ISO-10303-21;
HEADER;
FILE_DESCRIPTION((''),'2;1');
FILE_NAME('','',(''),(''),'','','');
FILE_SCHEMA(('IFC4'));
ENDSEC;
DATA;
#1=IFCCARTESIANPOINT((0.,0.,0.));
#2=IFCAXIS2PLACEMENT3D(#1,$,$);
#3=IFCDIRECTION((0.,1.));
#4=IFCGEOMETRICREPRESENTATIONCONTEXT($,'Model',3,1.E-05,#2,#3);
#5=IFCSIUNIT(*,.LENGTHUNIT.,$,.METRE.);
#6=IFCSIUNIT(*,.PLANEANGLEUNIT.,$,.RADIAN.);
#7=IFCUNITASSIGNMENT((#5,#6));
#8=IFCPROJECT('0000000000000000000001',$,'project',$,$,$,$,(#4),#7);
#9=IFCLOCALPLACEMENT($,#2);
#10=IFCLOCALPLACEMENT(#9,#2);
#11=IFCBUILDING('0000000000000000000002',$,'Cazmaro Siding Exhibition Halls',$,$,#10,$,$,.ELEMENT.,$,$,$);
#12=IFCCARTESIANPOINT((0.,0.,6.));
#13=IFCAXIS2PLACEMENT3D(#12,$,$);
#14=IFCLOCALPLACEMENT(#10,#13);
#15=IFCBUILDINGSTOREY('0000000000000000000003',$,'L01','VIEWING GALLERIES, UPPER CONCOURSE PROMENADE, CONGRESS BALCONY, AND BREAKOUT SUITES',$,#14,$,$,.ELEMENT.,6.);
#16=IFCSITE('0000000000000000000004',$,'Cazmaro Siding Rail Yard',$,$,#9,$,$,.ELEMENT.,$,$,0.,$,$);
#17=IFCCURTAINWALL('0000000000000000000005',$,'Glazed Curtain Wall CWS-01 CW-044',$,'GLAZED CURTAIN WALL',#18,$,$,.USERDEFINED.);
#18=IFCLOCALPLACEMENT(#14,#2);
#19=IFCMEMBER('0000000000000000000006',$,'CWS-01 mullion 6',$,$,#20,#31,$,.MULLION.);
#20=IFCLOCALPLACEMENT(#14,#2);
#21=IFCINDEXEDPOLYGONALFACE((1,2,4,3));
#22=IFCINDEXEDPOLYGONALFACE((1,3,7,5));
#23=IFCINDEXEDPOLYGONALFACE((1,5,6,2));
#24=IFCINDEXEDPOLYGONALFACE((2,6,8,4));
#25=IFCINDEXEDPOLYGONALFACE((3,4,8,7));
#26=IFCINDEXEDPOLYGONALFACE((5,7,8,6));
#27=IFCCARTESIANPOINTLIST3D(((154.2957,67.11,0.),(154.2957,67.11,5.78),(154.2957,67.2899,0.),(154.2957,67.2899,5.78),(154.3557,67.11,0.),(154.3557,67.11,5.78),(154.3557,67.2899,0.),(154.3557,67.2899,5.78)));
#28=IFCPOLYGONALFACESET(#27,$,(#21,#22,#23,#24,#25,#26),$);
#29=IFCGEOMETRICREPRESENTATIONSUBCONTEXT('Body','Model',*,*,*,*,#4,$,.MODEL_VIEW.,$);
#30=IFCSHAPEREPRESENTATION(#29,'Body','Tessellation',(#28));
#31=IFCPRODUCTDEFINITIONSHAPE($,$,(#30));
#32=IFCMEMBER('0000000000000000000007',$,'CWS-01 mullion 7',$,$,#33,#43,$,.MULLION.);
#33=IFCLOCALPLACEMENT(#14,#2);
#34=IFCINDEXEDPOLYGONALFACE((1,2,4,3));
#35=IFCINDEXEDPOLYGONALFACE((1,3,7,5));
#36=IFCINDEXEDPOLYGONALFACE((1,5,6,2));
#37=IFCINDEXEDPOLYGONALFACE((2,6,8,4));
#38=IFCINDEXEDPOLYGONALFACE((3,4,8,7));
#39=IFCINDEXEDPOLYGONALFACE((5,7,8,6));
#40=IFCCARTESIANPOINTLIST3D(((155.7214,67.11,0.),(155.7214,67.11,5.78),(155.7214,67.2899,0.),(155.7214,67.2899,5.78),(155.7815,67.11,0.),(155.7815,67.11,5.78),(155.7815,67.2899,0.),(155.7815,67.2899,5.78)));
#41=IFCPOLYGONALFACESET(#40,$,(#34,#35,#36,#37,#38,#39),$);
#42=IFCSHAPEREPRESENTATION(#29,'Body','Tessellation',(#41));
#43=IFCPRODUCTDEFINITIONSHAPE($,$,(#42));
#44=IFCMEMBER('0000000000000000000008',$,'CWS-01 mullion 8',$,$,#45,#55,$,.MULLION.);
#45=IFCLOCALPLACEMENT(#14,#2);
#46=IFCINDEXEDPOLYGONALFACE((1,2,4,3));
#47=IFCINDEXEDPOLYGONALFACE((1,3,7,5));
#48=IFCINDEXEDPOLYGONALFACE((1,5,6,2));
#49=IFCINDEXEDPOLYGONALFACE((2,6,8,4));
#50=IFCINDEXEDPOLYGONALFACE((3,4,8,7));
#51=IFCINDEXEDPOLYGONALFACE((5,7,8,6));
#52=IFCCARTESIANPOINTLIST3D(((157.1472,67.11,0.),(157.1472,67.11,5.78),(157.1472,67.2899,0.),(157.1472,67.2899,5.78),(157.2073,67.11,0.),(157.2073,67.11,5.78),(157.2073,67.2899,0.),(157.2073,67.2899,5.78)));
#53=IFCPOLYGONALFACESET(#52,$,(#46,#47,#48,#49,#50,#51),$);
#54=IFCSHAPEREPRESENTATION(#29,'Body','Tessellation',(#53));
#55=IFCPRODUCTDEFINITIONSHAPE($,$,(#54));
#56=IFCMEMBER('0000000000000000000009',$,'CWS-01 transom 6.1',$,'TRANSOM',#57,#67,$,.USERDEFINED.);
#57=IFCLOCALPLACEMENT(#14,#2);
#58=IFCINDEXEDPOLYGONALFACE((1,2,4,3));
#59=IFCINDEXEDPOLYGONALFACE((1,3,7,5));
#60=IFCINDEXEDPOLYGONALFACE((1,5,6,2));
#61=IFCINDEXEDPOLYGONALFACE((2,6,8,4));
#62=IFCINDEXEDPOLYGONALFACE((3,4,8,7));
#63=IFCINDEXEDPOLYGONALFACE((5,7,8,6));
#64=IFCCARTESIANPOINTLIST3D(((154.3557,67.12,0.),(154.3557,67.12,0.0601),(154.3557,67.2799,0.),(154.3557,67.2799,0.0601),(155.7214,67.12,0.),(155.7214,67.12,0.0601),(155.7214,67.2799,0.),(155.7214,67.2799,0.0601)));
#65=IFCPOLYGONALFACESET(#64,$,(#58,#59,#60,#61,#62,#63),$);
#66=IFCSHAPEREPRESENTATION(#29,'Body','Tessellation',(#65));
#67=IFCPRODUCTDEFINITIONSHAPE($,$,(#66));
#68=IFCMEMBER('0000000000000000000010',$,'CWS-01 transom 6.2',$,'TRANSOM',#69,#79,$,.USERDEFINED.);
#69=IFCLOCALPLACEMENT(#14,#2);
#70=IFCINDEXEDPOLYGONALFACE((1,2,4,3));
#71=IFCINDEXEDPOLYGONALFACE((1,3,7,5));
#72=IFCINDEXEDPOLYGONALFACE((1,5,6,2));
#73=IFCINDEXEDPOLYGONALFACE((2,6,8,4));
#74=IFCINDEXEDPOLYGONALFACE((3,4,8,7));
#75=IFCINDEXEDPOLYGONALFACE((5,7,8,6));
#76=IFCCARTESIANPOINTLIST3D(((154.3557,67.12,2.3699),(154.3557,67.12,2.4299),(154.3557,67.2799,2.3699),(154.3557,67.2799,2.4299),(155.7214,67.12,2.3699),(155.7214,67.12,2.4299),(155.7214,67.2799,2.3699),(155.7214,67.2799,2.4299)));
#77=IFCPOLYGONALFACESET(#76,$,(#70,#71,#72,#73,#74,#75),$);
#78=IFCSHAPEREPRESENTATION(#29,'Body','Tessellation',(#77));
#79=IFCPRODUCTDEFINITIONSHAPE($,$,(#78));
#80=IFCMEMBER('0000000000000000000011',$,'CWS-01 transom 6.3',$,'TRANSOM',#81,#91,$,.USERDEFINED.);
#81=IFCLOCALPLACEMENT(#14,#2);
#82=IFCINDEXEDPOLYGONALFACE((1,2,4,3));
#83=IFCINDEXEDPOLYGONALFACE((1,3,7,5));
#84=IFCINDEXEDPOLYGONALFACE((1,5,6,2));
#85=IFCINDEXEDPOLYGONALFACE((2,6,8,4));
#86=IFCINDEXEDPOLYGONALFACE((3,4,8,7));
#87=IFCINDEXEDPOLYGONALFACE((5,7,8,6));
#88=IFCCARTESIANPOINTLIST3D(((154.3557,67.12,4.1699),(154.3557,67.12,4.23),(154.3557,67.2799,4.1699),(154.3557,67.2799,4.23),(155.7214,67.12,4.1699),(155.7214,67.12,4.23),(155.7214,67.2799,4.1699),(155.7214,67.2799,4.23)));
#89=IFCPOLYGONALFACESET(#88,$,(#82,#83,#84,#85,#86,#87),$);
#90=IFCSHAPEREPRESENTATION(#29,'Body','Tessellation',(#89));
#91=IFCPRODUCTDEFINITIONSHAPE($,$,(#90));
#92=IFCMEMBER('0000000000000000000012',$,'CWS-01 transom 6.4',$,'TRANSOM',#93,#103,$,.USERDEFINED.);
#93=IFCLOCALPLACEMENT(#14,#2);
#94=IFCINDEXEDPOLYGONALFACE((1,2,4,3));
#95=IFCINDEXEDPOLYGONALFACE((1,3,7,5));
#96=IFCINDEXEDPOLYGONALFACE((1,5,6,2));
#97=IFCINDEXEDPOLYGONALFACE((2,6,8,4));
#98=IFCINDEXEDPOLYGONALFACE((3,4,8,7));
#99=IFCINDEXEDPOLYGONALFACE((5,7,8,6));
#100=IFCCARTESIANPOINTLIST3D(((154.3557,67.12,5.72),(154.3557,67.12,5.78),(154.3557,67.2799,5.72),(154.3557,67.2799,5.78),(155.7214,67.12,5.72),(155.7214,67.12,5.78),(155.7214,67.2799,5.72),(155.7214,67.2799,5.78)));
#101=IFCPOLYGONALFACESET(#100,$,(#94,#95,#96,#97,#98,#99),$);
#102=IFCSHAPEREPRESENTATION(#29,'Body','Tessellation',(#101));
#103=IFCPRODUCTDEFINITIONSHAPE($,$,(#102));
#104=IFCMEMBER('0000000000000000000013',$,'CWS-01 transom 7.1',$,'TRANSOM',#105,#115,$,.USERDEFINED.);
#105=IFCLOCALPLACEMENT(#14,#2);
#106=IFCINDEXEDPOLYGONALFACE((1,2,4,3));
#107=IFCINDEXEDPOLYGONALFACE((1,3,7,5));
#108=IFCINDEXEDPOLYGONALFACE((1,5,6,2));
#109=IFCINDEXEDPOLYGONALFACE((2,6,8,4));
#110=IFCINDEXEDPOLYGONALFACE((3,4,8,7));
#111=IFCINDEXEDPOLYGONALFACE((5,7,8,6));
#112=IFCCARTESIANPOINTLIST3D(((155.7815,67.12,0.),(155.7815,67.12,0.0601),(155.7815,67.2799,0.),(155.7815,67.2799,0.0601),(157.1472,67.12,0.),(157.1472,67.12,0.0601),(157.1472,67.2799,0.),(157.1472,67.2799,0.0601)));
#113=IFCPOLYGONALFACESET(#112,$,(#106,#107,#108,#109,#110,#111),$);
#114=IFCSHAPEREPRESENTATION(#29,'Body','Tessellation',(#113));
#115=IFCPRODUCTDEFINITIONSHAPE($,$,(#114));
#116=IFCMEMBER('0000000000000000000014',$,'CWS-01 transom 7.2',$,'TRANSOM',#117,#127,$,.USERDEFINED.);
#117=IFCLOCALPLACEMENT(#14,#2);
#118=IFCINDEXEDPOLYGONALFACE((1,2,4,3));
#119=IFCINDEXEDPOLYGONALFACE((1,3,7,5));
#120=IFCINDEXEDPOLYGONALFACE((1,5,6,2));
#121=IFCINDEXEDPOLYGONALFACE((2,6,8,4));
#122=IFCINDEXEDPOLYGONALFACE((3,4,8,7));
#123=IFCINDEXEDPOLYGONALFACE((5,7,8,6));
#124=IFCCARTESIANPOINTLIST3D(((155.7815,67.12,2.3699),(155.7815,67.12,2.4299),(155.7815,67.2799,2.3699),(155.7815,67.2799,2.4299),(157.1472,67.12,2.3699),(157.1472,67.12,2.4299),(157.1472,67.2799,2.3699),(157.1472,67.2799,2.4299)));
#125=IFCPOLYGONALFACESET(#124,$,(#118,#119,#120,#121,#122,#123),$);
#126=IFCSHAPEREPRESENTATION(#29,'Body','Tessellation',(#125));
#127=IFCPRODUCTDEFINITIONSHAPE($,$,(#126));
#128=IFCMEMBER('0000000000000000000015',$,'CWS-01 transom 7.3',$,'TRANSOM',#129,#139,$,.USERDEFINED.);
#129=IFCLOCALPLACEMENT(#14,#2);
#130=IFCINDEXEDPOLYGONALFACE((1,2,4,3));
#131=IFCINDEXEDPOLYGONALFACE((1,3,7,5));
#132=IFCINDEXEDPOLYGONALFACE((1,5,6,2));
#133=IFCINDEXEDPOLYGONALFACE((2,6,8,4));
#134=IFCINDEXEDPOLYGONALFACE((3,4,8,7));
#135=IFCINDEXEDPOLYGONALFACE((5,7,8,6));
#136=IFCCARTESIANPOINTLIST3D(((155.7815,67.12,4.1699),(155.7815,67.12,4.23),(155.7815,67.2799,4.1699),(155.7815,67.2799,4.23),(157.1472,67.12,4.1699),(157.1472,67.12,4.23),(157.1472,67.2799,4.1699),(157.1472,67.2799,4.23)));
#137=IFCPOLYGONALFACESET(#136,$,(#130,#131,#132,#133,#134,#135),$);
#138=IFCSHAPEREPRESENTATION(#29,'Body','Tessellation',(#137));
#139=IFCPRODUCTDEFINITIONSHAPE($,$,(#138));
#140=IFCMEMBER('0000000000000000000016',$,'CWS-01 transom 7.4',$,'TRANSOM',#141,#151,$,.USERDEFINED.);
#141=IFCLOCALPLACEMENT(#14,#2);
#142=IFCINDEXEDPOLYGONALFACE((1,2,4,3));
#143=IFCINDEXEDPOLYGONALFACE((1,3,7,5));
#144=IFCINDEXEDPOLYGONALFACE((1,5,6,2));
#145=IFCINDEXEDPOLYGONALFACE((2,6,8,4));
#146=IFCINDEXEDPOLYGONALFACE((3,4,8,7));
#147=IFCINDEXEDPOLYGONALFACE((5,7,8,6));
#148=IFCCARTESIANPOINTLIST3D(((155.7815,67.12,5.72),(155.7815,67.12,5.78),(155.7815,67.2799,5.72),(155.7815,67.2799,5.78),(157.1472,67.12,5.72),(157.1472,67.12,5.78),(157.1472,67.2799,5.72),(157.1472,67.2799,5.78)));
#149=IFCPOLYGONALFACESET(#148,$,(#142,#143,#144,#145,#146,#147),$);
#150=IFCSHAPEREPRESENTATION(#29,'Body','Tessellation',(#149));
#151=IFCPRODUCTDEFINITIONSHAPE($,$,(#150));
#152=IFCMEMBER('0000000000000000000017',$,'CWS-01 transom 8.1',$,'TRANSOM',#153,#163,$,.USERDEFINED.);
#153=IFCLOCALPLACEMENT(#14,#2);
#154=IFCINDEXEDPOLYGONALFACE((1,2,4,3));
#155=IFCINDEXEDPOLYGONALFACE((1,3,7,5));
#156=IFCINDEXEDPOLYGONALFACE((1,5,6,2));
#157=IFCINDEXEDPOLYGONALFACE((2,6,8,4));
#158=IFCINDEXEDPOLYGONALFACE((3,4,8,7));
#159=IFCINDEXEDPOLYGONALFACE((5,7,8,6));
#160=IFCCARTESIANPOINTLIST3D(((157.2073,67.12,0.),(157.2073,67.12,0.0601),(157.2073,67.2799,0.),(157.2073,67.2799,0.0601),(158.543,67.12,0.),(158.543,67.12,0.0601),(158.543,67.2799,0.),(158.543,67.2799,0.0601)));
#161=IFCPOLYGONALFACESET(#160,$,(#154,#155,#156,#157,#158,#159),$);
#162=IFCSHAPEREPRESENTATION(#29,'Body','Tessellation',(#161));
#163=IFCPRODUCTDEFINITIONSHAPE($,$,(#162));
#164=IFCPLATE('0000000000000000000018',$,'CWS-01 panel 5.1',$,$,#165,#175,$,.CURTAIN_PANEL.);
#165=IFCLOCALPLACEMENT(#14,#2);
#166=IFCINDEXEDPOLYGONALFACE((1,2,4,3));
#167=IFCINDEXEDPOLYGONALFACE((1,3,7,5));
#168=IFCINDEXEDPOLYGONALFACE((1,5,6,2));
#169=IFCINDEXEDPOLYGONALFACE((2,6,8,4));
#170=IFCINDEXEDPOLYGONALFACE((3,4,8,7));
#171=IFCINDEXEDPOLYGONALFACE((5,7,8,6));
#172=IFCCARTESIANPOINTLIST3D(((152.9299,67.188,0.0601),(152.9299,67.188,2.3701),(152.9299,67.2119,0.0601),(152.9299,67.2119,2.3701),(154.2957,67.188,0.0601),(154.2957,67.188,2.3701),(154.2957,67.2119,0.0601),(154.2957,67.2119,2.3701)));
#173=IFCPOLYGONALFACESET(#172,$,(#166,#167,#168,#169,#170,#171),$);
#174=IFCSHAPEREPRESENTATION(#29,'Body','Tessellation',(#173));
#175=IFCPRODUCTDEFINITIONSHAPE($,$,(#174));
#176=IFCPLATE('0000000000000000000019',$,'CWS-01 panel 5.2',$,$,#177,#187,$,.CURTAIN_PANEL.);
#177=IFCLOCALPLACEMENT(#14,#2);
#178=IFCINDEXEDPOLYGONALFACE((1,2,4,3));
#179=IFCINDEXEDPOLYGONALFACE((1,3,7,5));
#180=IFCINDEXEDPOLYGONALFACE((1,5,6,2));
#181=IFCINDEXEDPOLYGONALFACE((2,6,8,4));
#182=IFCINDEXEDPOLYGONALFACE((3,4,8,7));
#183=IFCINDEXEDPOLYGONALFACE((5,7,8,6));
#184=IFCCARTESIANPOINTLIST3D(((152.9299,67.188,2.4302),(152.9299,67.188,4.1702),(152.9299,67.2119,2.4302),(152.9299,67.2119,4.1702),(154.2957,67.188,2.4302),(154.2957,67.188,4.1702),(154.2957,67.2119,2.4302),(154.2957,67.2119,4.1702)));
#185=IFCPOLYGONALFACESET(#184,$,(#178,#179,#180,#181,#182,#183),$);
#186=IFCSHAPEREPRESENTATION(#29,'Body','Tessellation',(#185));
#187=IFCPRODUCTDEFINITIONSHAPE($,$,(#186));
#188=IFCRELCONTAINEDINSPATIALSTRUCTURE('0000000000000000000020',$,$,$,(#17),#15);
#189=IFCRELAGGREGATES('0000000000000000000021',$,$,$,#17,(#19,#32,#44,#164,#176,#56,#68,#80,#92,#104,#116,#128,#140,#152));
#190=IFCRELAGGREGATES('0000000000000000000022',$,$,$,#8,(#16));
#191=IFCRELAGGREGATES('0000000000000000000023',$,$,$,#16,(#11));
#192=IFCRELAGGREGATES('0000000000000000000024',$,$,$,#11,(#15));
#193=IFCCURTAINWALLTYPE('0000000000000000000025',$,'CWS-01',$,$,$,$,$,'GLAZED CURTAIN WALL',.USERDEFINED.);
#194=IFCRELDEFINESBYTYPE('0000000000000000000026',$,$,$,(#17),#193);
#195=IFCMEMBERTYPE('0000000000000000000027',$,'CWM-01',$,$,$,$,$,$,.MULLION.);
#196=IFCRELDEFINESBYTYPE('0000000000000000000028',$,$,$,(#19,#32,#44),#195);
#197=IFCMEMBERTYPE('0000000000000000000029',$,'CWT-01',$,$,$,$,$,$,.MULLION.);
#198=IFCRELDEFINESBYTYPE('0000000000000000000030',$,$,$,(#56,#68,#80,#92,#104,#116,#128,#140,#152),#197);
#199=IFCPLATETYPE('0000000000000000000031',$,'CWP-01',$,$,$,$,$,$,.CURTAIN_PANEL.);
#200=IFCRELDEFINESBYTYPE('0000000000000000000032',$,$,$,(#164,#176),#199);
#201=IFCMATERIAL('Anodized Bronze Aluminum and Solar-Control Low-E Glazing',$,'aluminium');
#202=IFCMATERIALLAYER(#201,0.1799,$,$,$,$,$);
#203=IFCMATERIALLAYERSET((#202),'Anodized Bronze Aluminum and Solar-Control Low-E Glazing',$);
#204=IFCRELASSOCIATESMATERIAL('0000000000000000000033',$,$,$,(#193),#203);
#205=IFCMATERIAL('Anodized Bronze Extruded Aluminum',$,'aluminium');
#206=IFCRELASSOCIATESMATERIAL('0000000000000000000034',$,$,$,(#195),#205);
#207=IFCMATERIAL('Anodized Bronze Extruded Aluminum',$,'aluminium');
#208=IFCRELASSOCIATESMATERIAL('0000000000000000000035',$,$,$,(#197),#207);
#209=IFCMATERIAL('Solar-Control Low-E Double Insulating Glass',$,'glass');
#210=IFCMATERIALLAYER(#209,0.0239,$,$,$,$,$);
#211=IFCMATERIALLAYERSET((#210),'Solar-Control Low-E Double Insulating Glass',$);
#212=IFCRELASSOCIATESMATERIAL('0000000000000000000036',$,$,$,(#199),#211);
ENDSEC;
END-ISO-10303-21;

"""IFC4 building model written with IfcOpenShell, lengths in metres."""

from ifc_helpers import new_model, si_unit, direction, frame, origin, origin_2d, place, context, subcontext, project, spatial, rectangle, extrude, material, layer, layer_set, material_profile, profile_set, type_object, element, aggregate, save


model = new_model("IFC4")

# Units and contexts
model_context = context("Model", 3, precision=1e-05, world=origin(), true_north=direction((0.0, 1.0)))
body_context = subcontext(model_context, "Body", "Model", "MODEL_VIEW")
ifc_project = project(units=[si_unit("LENGTHUNIT", "METRE"), si_unit("PLANEANGLEUNIT", "RADIAN")], contexts=[model_context])

# Site, building, storey
site_placement = place(None, origin())
site = spatial("IfcSite", under=ifc_project, at=site_placement, Name="Cazmaro Siding Rail Yard", CompositionType="ELEMENT", RefElevation=0.0)
building_placement = place(site_placement, origin())
building = spatial("IfcBuilding", under=site, at=building_placement, Name="Cazmaro Siding Exhibition Halls", CompositionType="ELEMENT")
storey_placement = place(building_placement, frame((0.0, 0.0, 6.0)))
storey = spatial("IfcBuildingStorey", under=building, at=storey_placement, Name="L01", Description="VIEWING GALLERIES, UPPER CONCOURSE PROMENADE, CONGRESS BALCONY, AND BREAKOUT SUITES", CompositionType="ELEMENT", Elevation=6.0)

# Curtain wall, members, plates
ifc_material_1 = material(Name="Anodized Bronze Aluminum and Solar-Control Low-E Glazing", Category="aluminium")
ifc_layer_1 = layer(ifc_material_1, 0.1799)
ifc_layer_set_1 = layer_set([ifc_layer_1], Name="Anodized Bronze Aluminum and Solar-Control Low-E Glazing")
curtain_wall_type = type_object("IfcCurtainWallType", Name="CWS-01", ElementType="GLAZED CURTAIN WALL", PredefinedType="USERDEFINED", material=ifc_layer_set_1)
curtain_wall_placement = place(storey_placement, origin())
curtain_wall = element("IfcCurtainWall", 1, at=curtain_wall_placement, inside=storey, type_object=curtain_wall_type, Name="Glazed Curtain Wall CWS-01 CW-044", ObjectType="GLAZED CURTAIN WALL", PredefinedType="USERDEFINED")
ifc_material_2 = material(Name="Anodized Bronze Extruded Aluminum", Category="aluminium")
ifc_material_profile_1 = material_profile(ifc_material_2, rectangle(XDim=0.1799, YDim=0.0601, at=origin_2d()), Name="CWM-01")
ifc_profile_set_1 = profile_set([ifc_material_profile_1], Name="Anodized Bronze Extruded Aluminum")
member_type_1 = type_object("IfcMemberType", Name="CWM-01", PredefinedType="MULLION", material=ifc_profile_set_1)
member_1_placement = place(storey_placement, frame((154.3257, 67.2, 0.0), z_axis=(0.0, 0.0, 1.0), x_axis=(0.0, 1.0, 0.0)))
member_1 = element("IfcMember", 2, at=member_1_placement, type_object=member_type_1, Name="CWS-01 mullion 6", PredefinedType="MULLION", context=body_context, shape_type="SweptSolid", body=[
    extrude(rectangle(XDim=0.1799, YDim=0.0601, at=origin_2d()), origin(), (0.0, 0.0, 1.0), 5.78),
])
member_2_placement = place(storey_placement, frame((155.7515, 67.2, 0.0), z_axis=(0.0, 0.0, 1.0), x_axis=(0.0, 1.0, 0.0)))
member_2 = element("IfcMember", 3, at=member_2_placement, type_object=member_type_1, Name="CWS-01 mullion 7", PredefinedType="MULLION", context=body_context, shape_type="SweptSolid", body=[
    extrude(rectangle(XDim=0.1799, YDim=0.0601, at=origin_2d()), origin(), (0.0, 0.0, 1.0), 5.78),
])
member_3_placement = place(storey_placement, frame((157.1772, 67.2, 0.0), z_axis=(0.0, 0.0, 1.0), x_axis=(0.0, 1.0, 0.0)))
member_3 = element("IfcMember", 4, at=member_3_placement, type_object=member_type_1, Name="CWS-01 mullion 8", PredefinedType="MULLION", context=body_context, shape_type="SweptSolid", body=[
    extrude(rectangle(XDim=0.1799, YDim=0.0601, at=origin_2d()), origin(), (0.0, 0.0, 1.0), 5.78),
])
ifc_material_3 = material(Name="Anodized Bronze Extruded Aluminum", Category="aluminium")
ifc_material_profile_2 = material_profile(ifc_material_3, rectangle(XDim=0.1599, YDim=0.0601, at=origin_2d()), Name="CWT-01")
ifc_profile_set_2 = profile_set([ifc_material_profile_2], Name="Anodized Bronze Extruded Aluminum")
member_type_2 = type_object("IfcMemberType", Name="CWT-01", PredefinedType="MULLION", material=ifc_profile_set_2)
member_4_placement = place(storey_placement, frame((154.3557, 67.2, 0.03), z_axis=(1.0, 0.0, 0.0), x_axis=(0.0, 1.0, 0.0)))
member_4 = element("IfcMember", 5, at=member_4_placement, type_object=member_type_2, Name="CWS-01 transom 6.1", ObjectType="TRANSOM", PredefinedType="USERDEFINED", context=body_context, shape_type="SweptSolid", body=[
    extrude(rectangle(XDim=0.1599, YDim=0.0601, at=origin_2d()), origin(), (0.0, 0.0, 1.0), 1.3657),
])
member_5_placement = place(storey_placement, frame((154.3557, 67.2, 2.3999), z_axis=(1.0, 0.0, 0.0), x_axis=(0.0, 1.0, 0.0)))
member_5 = element("IfcMember", 6, at=member_5_placement, type_object=member_type_2, Name="CWS-01 transom 6.2", ObjectType="TRANSOM", PredefinedType="USERDEFINED", context=body_context, shape_type="SweptSolid", body=[
    extrude(rectangle(XDim=0.1599, YDim=0.0601, at=origin_2d()), origin(), (0.0, 0.0, 1.0), 1.3657),
])
member_6_placement = place(storey_placement, frame((154.3557, 67.2, 4.2), z_axis=(1.0, 0.0, 0.0), x_axis=(0.0, 1.0, 0.0)))
member_6 = element("IfcMember", 7, at=member_6_placement, type_object=member_type_2, Name="CWS-01 transom 6.3", ObjectType="TRANSOM", PredefinedType="USERDEFINED", context=body_context, shape_type="SweptSolid", body=[
    extrude(rectangle(XDim=0.1599, YDim=0.0601, at=origin_2d()), origin(), (0.0, 0.0, 1.0), 1.3657),
])
member_7_placement = place(storey_placement, frame((154.3557, 67.2, 5.75), z_axis=(1.0, 0.0, 0.0), x_axis=(0.0, 1.0, 0.0)))
member_7 = element("IfcMember", 8, at=member_7_placement, type_object=member_type_2, Name="CWS-01 transom 6.4", ObjectType="TRANSOM", PredefinedType="USERDEFINED", context=body_context, shape_type="SweptSolid", body=[
    extrude(rectangle(XDim=0.1599, YDim=0.0601, at=origin_2d()), origin(), (0.0, 0.0, 1.0), 1.3657),
])
member_8_placement = place(storey_placement, frame((155.7815, 67.2, 0.03), z_axis=(1.0, 0.0, 0.0), x_axis=(0.0, 1.0, 0.0)))
member_8 = element("IfcMember", 9, at=member_8_placement, type_object=member_type_2, Name="CWS-01 transom 7.1", ObjectType="TRANSOM", PredefinedType="USERDEFINED", context=body_context, shape_type="SweptSolid", body=[
    extrude(rectangle(XDim=0.1599, YDim=0.0601, at=origin_2d()), origin(), (0.0, 0.0, 1.0), 1.3657),
])
member_9_placement = place(storey_placement, frame((155.7815, 67.2, 2.3999), z_axis=(1.0, 0.0, 0.0), x_axis=(0.0, 1.0, 0.0)))
member_9 = element("IfcMember", 10, at=member_9_placement, type_object=member_type_2, Name="CWS-01 transom 7.2", ObjectType="TRANSOM", PredefinedType="USERDEFINED", context=body_context, shape_type="SweptSolid", body=[
    extrude(rectangle(XDim=0.1599, YDim=0.0601, at=origin_2d()), origin(), (0.0, 0.0, 1.0), 1.3657),
])
member_10_placement = place(storey_placement, frame((155.7815, 67.2, 4.2), z_axis=(1.0, 0.0, 0.0), x_axis=(0.0, 1.0, 0.0)))
member_10 = element("IfcMember", 11, at=member_10_placement, type_object=member_type_2, Name="CWS-01 transom 7.3", ObjectType="TRANSOM", PredefinedType="USERDEFINED", context=body_context, shape_type="SweptSolid", body=[
    extrude(rectangle(XDim=0.1599, YDim=0.0601, at=origin_2d()), origin(), (0.0, 0.0, 1.0), 1.3657),
])
member_11_placement = place(storey_placement, frame((155.7815, 67.2, 5.75), z_axis=(1.0, 0.0, 0.0), x_axis=(0.0, 1.0, 0.0)))
member_11 = element("IfcMember", 12, at=member_11_placement, type_object=member_type_2, Name="CWS-01 transom 7.4", ObjectType="TRANSOM", PredefinedType="USERDEFINED", context=body_context, shape_type="SweptSolid", body=[
    extrude(rectangle(XDim=0.1599, YDim=0.0601, at=origin_2d()), origin(), (0.0, 0.0, 1.0), 1.3657),
])
member_12_placement = place(storey_placement, frame((157.2073, 67.2, 0.03), z_axis=(1.0, 0.0, 0.0), x_axis=(0.0, 1.0, 0.0)))
member_12 = element("IfcMember", 13, at=member_12_placement, type_object=member_type_2, Name="CWS-01 transom 8.1", ObjectType="TRANSOM", PredefinedType="USERDEFINED", context=body_context, shape_type="SweptSolid", body=[
    extrude(rectangle(XDim=0.1599, YDim=0.0601, at=origin_2d()), origin(), (0.0, 0.0, 1.0), 1.3357),
])
ifc_material_4 = material(Name="Solar-Control Low-E Double Insulating Glass", Category="glass")
ifc_layer_2 = layer(ifc_material_4, 0.0239)
ifc_layer_set_2 = layer_set([ifc_layer_2], Name="Solar-Control Low-E Double Insulating Glass")
plate_type = type_object("IfcPlateType", Name="CWP-01", PredefinedType="CURTAIN_PANEL", material=ifc_layer_set_2)
plate_1_placement = place(storey_placement, frame((153.6128, 67.2, 0.0601), z_axis=(0.0, 0.0, 1.0), x_axis=(1.0, 0.0, 0.0)))
plate_1 = element("IfcPlate", 14, at=plate_1_placement, type_object=plate_type, Name="CWS-01 panel 5.1", PredefinedType="CURTAIN_PANEL", context=body_context, shape_type="SweptSolid", body=[
    extrude(rectangle(XDim=1.3657, YDim=0.0239, at=origin_2d()), origin(), (0.0, 0.0, 1.0), 2.3101),
])
plate_2_placement = place(storey_placement, frame((153.6128, 67.2, 2.4302), z_axis=(0.0, 0.0, 1.0), x_axis=(1.0, 0.0, 0.0)))
plate_2 = element("IfcPlate", 15, at=plate_2_placement, type_object=plate_type, Name="CWS-01 panel 5.2", PredefinedType="CURTAIN_PANEL", context=body_context, shape_type="SweptSolid", body=[
    extrude(rectangle(XDim=1.3657, YDim=0.0239, at=origin_2d()), origin(), (0.0, 0.0, 1.0), 1.74),
])
aggregate(curtain_wall, [member_1, member_2, member_3, plate_1, plate_2, member_4, member_5, member_6, member_7, member_8, member_9, member_10, member_11, member_12])

save(model, "model.ifc")
